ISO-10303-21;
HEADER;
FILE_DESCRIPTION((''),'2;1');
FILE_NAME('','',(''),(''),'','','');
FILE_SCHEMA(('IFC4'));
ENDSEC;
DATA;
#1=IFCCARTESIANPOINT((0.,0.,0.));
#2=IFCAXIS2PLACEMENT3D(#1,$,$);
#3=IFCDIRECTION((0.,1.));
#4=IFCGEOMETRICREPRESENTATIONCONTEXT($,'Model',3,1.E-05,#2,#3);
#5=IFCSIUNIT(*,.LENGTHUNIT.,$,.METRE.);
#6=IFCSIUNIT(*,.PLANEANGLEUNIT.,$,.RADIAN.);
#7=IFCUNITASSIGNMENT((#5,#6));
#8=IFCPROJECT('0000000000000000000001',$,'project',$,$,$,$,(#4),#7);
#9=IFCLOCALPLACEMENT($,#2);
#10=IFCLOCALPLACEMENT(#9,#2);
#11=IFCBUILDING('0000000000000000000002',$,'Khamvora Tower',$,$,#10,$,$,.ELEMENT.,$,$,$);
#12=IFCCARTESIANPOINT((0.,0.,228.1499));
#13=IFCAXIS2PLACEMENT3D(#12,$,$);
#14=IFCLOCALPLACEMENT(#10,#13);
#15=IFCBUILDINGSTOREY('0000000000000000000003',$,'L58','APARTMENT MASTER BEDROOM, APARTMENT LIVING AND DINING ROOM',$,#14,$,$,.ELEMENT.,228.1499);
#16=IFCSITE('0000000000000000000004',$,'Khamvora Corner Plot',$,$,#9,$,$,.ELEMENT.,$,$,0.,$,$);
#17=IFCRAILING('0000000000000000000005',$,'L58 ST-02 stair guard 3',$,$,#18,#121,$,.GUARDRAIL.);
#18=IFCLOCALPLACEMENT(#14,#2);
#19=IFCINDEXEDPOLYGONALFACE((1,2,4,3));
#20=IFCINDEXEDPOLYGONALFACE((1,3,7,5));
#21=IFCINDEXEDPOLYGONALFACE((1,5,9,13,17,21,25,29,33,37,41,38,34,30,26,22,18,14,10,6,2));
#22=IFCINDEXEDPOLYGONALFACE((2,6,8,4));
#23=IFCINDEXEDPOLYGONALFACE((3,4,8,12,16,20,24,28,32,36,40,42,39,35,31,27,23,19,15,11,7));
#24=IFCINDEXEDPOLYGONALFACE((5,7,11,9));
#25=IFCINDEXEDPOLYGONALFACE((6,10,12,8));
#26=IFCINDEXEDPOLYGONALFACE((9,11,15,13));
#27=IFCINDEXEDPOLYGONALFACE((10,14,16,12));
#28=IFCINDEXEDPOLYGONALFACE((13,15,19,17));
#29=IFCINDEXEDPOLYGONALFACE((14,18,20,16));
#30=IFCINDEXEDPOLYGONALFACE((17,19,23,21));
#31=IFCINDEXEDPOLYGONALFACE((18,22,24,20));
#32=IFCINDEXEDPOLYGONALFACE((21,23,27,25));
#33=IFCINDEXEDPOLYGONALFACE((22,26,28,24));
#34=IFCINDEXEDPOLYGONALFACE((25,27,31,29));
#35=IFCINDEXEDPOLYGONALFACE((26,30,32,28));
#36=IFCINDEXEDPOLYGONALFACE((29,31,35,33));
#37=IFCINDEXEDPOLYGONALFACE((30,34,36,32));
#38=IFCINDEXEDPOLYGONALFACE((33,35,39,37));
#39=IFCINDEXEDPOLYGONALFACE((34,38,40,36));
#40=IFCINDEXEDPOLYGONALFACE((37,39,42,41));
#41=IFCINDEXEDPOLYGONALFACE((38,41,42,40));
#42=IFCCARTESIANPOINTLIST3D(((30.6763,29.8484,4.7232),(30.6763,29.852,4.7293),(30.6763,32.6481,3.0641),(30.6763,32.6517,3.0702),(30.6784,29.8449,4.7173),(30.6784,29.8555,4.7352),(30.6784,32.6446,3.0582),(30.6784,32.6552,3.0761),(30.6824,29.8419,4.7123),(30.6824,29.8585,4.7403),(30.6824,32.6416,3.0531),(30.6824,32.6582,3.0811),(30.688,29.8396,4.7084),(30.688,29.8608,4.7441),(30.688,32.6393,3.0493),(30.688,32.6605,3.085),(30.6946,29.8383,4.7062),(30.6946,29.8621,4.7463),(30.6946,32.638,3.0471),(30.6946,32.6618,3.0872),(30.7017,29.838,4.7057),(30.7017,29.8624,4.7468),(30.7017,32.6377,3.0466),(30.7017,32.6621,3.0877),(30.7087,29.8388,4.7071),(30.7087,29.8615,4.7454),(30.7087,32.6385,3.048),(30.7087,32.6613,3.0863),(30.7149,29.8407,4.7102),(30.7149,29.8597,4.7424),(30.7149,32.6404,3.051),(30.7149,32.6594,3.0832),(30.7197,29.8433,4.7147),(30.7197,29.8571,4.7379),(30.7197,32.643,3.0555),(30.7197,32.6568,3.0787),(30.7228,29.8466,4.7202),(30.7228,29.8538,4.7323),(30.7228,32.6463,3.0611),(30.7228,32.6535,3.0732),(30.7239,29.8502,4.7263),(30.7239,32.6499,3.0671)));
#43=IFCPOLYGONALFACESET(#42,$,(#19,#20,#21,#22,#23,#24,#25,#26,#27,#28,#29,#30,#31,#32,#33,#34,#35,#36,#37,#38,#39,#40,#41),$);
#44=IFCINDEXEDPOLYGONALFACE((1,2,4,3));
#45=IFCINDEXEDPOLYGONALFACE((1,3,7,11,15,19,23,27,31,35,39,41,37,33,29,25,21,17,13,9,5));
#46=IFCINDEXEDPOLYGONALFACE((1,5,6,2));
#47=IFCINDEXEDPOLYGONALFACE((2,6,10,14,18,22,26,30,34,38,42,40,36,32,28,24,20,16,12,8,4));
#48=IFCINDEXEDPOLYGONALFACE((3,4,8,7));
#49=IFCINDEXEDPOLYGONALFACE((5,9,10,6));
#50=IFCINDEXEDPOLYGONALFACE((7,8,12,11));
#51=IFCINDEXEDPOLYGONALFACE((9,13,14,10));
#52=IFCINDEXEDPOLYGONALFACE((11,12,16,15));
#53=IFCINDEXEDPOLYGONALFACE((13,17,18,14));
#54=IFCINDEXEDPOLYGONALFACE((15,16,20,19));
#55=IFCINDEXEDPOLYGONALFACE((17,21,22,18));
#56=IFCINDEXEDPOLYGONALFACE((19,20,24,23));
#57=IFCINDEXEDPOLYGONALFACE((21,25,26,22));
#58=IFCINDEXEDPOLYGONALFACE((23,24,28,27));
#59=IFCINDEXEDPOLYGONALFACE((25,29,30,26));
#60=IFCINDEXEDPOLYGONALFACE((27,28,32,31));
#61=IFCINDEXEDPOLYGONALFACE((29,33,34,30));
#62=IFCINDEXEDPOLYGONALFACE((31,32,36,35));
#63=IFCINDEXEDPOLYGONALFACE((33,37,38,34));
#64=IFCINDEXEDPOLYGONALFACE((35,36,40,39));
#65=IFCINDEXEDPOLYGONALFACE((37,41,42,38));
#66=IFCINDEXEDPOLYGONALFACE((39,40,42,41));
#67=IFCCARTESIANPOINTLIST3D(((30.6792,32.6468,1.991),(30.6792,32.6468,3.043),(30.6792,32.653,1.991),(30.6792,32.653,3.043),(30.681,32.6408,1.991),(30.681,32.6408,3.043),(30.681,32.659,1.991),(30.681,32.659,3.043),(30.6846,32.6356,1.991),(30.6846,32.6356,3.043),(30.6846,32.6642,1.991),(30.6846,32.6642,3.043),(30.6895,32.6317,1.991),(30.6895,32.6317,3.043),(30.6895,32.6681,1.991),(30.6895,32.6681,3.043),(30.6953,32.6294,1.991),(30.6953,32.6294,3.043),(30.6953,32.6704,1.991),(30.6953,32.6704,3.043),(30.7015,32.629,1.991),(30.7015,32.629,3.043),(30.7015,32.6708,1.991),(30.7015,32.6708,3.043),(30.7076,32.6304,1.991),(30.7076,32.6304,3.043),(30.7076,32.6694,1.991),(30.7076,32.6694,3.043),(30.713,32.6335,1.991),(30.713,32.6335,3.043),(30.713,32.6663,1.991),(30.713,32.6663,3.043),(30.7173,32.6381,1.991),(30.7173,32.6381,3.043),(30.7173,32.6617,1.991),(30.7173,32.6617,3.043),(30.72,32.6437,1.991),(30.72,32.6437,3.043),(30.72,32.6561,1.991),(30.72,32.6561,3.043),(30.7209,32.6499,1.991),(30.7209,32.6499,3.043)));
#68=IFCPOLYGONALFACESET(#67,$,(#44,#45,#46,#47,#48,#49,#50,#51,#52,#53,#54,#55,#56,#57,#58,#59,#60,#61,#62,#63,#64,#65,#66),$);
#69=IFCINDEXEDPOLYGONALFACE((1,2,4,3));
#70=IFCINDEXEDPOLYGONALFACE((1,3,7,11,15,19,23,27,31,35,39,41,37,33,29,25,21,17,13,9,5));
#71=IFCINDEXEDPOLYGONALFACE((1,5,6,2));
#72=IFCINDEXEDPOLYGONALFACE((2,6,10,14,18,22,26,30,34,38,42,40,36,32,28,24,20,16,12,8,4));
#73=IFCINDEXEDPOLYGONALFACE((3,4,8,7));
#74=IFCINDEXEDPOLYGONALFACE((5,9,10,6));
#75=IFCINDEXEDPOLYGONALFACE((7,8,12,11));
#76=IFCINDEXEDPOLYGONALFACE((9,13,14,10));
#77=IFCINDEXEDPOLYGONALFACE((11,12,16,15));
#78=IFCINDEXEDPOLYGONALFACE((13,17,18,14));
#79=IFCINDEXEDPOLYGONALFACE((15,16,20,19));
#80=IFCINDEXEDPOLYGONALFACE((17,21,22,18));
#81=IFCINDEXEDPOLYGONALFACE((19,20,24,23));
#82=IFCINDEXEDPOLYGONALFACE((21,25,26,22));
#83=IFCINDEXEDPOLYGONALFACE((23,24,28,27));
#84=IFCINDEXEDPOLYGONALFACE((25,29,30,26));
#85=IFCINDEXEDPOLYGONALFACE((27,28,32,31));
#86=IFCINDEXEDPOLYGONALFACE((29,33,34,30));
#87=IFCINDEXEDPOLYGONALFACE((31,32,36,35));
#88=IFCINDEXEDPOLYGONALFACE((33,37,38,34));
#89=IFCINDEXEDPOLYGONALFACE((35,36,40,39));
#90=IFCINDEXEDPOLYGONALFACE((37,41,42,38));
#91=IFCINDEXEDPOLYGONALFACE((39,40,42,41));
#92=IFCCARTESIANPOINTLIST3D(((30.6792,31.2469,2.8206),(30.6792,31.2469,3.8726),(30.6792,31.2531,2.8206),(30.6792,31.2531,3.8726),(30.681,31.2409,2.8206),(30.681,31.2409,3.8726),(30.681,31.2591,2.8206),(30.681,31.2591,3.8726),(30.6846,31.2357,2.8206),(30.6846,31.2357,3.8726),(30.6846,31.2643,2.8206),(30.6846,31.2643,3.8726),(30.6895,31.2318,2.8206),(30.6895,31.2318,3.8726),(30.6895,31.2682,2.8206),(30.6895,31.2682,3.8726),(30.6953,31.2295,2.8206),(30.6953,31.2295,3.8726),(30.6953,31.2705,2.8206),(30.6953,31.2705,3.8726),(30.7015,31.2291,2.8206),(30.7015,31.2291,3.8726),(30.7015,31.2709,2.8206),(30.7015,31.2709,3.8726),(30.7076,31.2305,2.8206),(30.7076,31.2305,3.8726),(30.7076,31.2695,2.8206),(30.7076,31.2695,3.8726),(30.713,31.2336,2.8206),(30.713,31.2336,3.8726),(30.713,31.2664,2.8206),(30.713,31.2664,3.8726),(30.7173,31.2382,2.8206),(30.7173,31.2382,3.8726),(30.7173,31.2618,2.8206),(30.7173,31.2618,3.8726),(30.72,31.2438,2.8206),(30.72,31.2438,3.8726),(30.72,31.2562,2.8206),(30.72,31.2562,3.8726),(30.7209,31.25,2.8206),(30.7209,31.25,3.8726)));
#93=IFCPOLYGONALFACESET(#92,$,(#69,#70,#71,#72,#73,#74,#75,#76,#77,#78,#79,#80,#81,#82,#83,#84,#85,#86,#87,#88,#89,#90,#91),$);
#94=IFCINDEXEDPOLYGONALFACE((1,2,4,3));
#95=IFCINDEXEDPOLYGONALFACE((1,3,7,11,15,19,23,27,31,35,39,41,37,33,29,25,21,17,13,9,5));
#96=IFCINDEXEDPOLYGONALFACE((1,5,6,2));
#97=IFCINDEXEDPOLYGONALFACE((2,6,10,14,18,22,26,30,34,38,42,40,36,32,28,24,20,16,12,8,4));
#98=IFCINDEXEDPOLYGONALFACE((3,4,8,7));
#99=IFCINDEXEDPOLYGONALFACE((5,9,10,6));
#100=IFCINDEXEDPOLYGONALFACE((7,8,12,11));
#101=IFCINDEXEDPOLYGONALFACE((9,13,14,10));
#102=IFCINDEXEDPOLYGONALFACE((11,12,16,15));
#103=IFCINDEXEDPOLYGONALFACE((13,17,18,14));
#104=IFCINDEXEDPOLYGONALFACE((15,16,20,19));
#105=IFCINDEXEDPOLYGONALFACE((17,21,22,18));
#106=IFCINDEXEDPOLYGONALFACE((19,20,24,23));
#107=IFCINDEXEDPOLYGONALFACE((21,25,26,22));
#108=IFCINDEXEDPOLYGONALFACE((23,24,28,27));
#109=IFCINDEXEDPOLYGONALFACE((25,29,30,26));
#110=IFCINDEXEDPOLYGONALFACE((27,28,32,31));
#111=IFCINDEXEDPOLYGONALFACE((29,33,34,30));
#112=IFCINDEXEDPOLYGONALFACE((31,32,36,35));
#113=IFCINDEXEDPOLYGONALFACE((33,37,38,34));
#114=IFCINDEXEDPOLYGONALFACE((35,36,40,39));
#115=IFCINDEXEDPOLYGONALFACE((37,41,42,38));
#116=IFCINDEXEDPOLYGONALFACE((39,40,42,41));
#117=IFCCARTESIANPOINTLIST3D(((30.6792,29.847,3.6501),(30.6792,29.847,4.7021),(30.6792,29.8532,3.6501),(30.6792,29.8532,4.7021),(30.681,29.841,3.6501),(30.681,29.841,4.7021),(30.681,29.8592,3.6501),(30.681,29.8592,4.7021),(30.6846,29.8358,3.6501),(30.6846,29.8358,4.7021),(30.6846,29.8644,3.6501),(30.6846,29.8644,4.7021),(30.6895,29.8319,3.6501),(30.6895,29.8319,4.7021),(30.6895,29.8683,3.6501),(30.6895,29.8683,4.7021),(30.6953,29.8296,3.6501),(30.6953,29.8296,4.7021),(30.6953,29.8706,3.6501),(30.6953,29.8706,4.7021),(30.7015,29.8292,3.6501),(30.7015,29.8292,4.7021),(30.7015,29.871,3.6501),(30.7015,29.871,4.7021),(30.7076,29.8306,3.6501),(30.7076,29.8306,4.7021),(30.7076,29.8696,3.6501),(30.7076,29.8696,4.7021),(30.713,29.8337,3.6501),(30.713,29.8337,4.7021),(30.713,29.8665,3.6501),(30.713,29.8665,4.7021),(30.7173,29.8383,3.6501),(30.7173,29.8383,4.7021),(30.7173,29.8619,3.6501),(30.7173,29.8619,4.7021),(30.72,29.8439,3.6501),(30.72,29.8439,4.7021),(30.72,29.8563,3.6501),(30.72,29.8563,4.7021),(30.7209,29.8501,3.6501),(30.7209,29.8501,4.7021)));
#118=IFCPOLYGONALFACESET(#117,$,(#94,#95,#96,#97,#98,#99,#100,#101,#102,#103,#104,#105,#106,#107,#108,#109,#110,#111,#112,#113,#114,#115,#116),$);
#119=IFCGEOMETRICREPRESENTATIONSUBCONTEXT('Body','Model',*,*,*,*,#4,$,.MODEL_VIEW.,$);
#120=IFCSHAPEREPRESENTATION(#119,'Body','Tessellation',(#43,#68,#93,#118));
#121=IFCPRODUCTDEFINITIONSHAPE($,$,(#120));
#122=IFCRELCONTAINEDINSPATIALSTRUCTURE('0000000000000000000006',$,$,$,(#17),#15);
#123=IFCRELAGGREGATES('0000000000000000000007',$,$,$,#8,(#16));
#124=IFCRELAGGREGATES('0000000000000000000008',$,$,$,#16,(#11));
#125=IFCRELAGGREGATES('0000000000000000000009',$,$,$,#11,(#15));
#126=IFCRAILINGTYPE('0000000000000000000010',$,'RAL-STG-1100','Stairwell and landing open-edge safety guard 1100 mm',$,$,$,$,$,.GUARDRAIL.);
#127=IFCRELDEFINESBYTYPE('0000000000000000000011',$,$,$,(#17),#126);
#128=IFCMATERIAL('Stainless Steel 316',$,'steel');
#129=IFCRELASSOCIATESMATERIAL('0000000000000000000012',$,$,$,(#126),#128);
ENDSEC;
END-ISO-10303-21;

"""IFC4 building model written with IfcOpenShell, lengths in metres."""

from ifc_helpers import new_model, si_unit, direction, frame, origin, origin_2d, place, context, subcontext, project, spatial, circle, extrude, material, type_object, element, save


model = new_model("IFC4")

# Units and contexts
model_context = context("Model", 3, precision=1e-05, world=origin(), true_north=direction((0.0, 1.0)))
body_context = subcontext(model_context, "Body", "Model", "MODEL_VIEW")
ifc_project = project(units=[si_unit("LENGTHUNIT", "METRE"), si_unit("PLANEANGLEUNIT", "RADIAN")], contexts=[model_context])

# Site, building, storey
site_placement = place(None, origin())
site = spatial("IfcSite", under=ifc_project, at=site_placement, Name="Khamvora Corner Plot", CompositionType="ELEMENT", RefElevation=0.0)
building_placement = place(site_placement, origin())
building = spatial("IfcBuilding", under=site, at=building_placement, Name="Khamvora Tower", CompositionType="ELEMENT")
storey_placement = place(building_placement, frame((0.0, 0.0, 228.1499)))
storey = spatial("IfcBuildingStorey", under=building, at=storey_placement, Name="L58", Description="APARTMENT MASTER BEDROOM, APARTMENT LIVING AND DINING ROOM", CompositionType="ELEMENT", Elevation=228.1499)

# Railing
ifc_material_1 = material(Name="Stainless Steel 316", Category="steel")
railing_type = type_object("IfcRailingType", Name="RAL-STG-1100", Description="Stairwell and landing open-edge safety guard 1100 mm", PredefinedType="GUARDRAIL", material=ifc_material_1)
railing_1_placement = place(storey_placement, frame((30.7, 32.6499, 1.991)))
element("IfcRailing", 1, at=railing_1_placement, inside=storey, type_object=railing_type, Name="L58 ST-02 stair guard 3", PredefinedType="GUARDRAIL", context=body_context, shape_type="SweptSolid", body=[
    extrude(circle(Radius=0.0239, at=origin_2d()), frame((0.0, 0.0, 1.0762), z_axis=(0.0, -0.860287, 0.509811), x_axis=(1.0, 0.0, 0.0)), (0.0, 0.0, 1.0), 3.2544),
    extrude(circle(Radius=0.021, at=origin_2d()), origin(), (0.0, 0.0, 1.0), 1.052),
    extrude(circle(Radius=0.021, at=origin_2d()), frame((0.0, -1.3999, 0.8296)), (0.0, 0.0, 1.0), 1.052),
    extrude(circle(Radius=0.021, at=origin_2d()), frame((0.0, -2.7998, 1.6592)), (0.0, 0.0, 1.0), 1.052),
])

save(model, "model.ifc")
